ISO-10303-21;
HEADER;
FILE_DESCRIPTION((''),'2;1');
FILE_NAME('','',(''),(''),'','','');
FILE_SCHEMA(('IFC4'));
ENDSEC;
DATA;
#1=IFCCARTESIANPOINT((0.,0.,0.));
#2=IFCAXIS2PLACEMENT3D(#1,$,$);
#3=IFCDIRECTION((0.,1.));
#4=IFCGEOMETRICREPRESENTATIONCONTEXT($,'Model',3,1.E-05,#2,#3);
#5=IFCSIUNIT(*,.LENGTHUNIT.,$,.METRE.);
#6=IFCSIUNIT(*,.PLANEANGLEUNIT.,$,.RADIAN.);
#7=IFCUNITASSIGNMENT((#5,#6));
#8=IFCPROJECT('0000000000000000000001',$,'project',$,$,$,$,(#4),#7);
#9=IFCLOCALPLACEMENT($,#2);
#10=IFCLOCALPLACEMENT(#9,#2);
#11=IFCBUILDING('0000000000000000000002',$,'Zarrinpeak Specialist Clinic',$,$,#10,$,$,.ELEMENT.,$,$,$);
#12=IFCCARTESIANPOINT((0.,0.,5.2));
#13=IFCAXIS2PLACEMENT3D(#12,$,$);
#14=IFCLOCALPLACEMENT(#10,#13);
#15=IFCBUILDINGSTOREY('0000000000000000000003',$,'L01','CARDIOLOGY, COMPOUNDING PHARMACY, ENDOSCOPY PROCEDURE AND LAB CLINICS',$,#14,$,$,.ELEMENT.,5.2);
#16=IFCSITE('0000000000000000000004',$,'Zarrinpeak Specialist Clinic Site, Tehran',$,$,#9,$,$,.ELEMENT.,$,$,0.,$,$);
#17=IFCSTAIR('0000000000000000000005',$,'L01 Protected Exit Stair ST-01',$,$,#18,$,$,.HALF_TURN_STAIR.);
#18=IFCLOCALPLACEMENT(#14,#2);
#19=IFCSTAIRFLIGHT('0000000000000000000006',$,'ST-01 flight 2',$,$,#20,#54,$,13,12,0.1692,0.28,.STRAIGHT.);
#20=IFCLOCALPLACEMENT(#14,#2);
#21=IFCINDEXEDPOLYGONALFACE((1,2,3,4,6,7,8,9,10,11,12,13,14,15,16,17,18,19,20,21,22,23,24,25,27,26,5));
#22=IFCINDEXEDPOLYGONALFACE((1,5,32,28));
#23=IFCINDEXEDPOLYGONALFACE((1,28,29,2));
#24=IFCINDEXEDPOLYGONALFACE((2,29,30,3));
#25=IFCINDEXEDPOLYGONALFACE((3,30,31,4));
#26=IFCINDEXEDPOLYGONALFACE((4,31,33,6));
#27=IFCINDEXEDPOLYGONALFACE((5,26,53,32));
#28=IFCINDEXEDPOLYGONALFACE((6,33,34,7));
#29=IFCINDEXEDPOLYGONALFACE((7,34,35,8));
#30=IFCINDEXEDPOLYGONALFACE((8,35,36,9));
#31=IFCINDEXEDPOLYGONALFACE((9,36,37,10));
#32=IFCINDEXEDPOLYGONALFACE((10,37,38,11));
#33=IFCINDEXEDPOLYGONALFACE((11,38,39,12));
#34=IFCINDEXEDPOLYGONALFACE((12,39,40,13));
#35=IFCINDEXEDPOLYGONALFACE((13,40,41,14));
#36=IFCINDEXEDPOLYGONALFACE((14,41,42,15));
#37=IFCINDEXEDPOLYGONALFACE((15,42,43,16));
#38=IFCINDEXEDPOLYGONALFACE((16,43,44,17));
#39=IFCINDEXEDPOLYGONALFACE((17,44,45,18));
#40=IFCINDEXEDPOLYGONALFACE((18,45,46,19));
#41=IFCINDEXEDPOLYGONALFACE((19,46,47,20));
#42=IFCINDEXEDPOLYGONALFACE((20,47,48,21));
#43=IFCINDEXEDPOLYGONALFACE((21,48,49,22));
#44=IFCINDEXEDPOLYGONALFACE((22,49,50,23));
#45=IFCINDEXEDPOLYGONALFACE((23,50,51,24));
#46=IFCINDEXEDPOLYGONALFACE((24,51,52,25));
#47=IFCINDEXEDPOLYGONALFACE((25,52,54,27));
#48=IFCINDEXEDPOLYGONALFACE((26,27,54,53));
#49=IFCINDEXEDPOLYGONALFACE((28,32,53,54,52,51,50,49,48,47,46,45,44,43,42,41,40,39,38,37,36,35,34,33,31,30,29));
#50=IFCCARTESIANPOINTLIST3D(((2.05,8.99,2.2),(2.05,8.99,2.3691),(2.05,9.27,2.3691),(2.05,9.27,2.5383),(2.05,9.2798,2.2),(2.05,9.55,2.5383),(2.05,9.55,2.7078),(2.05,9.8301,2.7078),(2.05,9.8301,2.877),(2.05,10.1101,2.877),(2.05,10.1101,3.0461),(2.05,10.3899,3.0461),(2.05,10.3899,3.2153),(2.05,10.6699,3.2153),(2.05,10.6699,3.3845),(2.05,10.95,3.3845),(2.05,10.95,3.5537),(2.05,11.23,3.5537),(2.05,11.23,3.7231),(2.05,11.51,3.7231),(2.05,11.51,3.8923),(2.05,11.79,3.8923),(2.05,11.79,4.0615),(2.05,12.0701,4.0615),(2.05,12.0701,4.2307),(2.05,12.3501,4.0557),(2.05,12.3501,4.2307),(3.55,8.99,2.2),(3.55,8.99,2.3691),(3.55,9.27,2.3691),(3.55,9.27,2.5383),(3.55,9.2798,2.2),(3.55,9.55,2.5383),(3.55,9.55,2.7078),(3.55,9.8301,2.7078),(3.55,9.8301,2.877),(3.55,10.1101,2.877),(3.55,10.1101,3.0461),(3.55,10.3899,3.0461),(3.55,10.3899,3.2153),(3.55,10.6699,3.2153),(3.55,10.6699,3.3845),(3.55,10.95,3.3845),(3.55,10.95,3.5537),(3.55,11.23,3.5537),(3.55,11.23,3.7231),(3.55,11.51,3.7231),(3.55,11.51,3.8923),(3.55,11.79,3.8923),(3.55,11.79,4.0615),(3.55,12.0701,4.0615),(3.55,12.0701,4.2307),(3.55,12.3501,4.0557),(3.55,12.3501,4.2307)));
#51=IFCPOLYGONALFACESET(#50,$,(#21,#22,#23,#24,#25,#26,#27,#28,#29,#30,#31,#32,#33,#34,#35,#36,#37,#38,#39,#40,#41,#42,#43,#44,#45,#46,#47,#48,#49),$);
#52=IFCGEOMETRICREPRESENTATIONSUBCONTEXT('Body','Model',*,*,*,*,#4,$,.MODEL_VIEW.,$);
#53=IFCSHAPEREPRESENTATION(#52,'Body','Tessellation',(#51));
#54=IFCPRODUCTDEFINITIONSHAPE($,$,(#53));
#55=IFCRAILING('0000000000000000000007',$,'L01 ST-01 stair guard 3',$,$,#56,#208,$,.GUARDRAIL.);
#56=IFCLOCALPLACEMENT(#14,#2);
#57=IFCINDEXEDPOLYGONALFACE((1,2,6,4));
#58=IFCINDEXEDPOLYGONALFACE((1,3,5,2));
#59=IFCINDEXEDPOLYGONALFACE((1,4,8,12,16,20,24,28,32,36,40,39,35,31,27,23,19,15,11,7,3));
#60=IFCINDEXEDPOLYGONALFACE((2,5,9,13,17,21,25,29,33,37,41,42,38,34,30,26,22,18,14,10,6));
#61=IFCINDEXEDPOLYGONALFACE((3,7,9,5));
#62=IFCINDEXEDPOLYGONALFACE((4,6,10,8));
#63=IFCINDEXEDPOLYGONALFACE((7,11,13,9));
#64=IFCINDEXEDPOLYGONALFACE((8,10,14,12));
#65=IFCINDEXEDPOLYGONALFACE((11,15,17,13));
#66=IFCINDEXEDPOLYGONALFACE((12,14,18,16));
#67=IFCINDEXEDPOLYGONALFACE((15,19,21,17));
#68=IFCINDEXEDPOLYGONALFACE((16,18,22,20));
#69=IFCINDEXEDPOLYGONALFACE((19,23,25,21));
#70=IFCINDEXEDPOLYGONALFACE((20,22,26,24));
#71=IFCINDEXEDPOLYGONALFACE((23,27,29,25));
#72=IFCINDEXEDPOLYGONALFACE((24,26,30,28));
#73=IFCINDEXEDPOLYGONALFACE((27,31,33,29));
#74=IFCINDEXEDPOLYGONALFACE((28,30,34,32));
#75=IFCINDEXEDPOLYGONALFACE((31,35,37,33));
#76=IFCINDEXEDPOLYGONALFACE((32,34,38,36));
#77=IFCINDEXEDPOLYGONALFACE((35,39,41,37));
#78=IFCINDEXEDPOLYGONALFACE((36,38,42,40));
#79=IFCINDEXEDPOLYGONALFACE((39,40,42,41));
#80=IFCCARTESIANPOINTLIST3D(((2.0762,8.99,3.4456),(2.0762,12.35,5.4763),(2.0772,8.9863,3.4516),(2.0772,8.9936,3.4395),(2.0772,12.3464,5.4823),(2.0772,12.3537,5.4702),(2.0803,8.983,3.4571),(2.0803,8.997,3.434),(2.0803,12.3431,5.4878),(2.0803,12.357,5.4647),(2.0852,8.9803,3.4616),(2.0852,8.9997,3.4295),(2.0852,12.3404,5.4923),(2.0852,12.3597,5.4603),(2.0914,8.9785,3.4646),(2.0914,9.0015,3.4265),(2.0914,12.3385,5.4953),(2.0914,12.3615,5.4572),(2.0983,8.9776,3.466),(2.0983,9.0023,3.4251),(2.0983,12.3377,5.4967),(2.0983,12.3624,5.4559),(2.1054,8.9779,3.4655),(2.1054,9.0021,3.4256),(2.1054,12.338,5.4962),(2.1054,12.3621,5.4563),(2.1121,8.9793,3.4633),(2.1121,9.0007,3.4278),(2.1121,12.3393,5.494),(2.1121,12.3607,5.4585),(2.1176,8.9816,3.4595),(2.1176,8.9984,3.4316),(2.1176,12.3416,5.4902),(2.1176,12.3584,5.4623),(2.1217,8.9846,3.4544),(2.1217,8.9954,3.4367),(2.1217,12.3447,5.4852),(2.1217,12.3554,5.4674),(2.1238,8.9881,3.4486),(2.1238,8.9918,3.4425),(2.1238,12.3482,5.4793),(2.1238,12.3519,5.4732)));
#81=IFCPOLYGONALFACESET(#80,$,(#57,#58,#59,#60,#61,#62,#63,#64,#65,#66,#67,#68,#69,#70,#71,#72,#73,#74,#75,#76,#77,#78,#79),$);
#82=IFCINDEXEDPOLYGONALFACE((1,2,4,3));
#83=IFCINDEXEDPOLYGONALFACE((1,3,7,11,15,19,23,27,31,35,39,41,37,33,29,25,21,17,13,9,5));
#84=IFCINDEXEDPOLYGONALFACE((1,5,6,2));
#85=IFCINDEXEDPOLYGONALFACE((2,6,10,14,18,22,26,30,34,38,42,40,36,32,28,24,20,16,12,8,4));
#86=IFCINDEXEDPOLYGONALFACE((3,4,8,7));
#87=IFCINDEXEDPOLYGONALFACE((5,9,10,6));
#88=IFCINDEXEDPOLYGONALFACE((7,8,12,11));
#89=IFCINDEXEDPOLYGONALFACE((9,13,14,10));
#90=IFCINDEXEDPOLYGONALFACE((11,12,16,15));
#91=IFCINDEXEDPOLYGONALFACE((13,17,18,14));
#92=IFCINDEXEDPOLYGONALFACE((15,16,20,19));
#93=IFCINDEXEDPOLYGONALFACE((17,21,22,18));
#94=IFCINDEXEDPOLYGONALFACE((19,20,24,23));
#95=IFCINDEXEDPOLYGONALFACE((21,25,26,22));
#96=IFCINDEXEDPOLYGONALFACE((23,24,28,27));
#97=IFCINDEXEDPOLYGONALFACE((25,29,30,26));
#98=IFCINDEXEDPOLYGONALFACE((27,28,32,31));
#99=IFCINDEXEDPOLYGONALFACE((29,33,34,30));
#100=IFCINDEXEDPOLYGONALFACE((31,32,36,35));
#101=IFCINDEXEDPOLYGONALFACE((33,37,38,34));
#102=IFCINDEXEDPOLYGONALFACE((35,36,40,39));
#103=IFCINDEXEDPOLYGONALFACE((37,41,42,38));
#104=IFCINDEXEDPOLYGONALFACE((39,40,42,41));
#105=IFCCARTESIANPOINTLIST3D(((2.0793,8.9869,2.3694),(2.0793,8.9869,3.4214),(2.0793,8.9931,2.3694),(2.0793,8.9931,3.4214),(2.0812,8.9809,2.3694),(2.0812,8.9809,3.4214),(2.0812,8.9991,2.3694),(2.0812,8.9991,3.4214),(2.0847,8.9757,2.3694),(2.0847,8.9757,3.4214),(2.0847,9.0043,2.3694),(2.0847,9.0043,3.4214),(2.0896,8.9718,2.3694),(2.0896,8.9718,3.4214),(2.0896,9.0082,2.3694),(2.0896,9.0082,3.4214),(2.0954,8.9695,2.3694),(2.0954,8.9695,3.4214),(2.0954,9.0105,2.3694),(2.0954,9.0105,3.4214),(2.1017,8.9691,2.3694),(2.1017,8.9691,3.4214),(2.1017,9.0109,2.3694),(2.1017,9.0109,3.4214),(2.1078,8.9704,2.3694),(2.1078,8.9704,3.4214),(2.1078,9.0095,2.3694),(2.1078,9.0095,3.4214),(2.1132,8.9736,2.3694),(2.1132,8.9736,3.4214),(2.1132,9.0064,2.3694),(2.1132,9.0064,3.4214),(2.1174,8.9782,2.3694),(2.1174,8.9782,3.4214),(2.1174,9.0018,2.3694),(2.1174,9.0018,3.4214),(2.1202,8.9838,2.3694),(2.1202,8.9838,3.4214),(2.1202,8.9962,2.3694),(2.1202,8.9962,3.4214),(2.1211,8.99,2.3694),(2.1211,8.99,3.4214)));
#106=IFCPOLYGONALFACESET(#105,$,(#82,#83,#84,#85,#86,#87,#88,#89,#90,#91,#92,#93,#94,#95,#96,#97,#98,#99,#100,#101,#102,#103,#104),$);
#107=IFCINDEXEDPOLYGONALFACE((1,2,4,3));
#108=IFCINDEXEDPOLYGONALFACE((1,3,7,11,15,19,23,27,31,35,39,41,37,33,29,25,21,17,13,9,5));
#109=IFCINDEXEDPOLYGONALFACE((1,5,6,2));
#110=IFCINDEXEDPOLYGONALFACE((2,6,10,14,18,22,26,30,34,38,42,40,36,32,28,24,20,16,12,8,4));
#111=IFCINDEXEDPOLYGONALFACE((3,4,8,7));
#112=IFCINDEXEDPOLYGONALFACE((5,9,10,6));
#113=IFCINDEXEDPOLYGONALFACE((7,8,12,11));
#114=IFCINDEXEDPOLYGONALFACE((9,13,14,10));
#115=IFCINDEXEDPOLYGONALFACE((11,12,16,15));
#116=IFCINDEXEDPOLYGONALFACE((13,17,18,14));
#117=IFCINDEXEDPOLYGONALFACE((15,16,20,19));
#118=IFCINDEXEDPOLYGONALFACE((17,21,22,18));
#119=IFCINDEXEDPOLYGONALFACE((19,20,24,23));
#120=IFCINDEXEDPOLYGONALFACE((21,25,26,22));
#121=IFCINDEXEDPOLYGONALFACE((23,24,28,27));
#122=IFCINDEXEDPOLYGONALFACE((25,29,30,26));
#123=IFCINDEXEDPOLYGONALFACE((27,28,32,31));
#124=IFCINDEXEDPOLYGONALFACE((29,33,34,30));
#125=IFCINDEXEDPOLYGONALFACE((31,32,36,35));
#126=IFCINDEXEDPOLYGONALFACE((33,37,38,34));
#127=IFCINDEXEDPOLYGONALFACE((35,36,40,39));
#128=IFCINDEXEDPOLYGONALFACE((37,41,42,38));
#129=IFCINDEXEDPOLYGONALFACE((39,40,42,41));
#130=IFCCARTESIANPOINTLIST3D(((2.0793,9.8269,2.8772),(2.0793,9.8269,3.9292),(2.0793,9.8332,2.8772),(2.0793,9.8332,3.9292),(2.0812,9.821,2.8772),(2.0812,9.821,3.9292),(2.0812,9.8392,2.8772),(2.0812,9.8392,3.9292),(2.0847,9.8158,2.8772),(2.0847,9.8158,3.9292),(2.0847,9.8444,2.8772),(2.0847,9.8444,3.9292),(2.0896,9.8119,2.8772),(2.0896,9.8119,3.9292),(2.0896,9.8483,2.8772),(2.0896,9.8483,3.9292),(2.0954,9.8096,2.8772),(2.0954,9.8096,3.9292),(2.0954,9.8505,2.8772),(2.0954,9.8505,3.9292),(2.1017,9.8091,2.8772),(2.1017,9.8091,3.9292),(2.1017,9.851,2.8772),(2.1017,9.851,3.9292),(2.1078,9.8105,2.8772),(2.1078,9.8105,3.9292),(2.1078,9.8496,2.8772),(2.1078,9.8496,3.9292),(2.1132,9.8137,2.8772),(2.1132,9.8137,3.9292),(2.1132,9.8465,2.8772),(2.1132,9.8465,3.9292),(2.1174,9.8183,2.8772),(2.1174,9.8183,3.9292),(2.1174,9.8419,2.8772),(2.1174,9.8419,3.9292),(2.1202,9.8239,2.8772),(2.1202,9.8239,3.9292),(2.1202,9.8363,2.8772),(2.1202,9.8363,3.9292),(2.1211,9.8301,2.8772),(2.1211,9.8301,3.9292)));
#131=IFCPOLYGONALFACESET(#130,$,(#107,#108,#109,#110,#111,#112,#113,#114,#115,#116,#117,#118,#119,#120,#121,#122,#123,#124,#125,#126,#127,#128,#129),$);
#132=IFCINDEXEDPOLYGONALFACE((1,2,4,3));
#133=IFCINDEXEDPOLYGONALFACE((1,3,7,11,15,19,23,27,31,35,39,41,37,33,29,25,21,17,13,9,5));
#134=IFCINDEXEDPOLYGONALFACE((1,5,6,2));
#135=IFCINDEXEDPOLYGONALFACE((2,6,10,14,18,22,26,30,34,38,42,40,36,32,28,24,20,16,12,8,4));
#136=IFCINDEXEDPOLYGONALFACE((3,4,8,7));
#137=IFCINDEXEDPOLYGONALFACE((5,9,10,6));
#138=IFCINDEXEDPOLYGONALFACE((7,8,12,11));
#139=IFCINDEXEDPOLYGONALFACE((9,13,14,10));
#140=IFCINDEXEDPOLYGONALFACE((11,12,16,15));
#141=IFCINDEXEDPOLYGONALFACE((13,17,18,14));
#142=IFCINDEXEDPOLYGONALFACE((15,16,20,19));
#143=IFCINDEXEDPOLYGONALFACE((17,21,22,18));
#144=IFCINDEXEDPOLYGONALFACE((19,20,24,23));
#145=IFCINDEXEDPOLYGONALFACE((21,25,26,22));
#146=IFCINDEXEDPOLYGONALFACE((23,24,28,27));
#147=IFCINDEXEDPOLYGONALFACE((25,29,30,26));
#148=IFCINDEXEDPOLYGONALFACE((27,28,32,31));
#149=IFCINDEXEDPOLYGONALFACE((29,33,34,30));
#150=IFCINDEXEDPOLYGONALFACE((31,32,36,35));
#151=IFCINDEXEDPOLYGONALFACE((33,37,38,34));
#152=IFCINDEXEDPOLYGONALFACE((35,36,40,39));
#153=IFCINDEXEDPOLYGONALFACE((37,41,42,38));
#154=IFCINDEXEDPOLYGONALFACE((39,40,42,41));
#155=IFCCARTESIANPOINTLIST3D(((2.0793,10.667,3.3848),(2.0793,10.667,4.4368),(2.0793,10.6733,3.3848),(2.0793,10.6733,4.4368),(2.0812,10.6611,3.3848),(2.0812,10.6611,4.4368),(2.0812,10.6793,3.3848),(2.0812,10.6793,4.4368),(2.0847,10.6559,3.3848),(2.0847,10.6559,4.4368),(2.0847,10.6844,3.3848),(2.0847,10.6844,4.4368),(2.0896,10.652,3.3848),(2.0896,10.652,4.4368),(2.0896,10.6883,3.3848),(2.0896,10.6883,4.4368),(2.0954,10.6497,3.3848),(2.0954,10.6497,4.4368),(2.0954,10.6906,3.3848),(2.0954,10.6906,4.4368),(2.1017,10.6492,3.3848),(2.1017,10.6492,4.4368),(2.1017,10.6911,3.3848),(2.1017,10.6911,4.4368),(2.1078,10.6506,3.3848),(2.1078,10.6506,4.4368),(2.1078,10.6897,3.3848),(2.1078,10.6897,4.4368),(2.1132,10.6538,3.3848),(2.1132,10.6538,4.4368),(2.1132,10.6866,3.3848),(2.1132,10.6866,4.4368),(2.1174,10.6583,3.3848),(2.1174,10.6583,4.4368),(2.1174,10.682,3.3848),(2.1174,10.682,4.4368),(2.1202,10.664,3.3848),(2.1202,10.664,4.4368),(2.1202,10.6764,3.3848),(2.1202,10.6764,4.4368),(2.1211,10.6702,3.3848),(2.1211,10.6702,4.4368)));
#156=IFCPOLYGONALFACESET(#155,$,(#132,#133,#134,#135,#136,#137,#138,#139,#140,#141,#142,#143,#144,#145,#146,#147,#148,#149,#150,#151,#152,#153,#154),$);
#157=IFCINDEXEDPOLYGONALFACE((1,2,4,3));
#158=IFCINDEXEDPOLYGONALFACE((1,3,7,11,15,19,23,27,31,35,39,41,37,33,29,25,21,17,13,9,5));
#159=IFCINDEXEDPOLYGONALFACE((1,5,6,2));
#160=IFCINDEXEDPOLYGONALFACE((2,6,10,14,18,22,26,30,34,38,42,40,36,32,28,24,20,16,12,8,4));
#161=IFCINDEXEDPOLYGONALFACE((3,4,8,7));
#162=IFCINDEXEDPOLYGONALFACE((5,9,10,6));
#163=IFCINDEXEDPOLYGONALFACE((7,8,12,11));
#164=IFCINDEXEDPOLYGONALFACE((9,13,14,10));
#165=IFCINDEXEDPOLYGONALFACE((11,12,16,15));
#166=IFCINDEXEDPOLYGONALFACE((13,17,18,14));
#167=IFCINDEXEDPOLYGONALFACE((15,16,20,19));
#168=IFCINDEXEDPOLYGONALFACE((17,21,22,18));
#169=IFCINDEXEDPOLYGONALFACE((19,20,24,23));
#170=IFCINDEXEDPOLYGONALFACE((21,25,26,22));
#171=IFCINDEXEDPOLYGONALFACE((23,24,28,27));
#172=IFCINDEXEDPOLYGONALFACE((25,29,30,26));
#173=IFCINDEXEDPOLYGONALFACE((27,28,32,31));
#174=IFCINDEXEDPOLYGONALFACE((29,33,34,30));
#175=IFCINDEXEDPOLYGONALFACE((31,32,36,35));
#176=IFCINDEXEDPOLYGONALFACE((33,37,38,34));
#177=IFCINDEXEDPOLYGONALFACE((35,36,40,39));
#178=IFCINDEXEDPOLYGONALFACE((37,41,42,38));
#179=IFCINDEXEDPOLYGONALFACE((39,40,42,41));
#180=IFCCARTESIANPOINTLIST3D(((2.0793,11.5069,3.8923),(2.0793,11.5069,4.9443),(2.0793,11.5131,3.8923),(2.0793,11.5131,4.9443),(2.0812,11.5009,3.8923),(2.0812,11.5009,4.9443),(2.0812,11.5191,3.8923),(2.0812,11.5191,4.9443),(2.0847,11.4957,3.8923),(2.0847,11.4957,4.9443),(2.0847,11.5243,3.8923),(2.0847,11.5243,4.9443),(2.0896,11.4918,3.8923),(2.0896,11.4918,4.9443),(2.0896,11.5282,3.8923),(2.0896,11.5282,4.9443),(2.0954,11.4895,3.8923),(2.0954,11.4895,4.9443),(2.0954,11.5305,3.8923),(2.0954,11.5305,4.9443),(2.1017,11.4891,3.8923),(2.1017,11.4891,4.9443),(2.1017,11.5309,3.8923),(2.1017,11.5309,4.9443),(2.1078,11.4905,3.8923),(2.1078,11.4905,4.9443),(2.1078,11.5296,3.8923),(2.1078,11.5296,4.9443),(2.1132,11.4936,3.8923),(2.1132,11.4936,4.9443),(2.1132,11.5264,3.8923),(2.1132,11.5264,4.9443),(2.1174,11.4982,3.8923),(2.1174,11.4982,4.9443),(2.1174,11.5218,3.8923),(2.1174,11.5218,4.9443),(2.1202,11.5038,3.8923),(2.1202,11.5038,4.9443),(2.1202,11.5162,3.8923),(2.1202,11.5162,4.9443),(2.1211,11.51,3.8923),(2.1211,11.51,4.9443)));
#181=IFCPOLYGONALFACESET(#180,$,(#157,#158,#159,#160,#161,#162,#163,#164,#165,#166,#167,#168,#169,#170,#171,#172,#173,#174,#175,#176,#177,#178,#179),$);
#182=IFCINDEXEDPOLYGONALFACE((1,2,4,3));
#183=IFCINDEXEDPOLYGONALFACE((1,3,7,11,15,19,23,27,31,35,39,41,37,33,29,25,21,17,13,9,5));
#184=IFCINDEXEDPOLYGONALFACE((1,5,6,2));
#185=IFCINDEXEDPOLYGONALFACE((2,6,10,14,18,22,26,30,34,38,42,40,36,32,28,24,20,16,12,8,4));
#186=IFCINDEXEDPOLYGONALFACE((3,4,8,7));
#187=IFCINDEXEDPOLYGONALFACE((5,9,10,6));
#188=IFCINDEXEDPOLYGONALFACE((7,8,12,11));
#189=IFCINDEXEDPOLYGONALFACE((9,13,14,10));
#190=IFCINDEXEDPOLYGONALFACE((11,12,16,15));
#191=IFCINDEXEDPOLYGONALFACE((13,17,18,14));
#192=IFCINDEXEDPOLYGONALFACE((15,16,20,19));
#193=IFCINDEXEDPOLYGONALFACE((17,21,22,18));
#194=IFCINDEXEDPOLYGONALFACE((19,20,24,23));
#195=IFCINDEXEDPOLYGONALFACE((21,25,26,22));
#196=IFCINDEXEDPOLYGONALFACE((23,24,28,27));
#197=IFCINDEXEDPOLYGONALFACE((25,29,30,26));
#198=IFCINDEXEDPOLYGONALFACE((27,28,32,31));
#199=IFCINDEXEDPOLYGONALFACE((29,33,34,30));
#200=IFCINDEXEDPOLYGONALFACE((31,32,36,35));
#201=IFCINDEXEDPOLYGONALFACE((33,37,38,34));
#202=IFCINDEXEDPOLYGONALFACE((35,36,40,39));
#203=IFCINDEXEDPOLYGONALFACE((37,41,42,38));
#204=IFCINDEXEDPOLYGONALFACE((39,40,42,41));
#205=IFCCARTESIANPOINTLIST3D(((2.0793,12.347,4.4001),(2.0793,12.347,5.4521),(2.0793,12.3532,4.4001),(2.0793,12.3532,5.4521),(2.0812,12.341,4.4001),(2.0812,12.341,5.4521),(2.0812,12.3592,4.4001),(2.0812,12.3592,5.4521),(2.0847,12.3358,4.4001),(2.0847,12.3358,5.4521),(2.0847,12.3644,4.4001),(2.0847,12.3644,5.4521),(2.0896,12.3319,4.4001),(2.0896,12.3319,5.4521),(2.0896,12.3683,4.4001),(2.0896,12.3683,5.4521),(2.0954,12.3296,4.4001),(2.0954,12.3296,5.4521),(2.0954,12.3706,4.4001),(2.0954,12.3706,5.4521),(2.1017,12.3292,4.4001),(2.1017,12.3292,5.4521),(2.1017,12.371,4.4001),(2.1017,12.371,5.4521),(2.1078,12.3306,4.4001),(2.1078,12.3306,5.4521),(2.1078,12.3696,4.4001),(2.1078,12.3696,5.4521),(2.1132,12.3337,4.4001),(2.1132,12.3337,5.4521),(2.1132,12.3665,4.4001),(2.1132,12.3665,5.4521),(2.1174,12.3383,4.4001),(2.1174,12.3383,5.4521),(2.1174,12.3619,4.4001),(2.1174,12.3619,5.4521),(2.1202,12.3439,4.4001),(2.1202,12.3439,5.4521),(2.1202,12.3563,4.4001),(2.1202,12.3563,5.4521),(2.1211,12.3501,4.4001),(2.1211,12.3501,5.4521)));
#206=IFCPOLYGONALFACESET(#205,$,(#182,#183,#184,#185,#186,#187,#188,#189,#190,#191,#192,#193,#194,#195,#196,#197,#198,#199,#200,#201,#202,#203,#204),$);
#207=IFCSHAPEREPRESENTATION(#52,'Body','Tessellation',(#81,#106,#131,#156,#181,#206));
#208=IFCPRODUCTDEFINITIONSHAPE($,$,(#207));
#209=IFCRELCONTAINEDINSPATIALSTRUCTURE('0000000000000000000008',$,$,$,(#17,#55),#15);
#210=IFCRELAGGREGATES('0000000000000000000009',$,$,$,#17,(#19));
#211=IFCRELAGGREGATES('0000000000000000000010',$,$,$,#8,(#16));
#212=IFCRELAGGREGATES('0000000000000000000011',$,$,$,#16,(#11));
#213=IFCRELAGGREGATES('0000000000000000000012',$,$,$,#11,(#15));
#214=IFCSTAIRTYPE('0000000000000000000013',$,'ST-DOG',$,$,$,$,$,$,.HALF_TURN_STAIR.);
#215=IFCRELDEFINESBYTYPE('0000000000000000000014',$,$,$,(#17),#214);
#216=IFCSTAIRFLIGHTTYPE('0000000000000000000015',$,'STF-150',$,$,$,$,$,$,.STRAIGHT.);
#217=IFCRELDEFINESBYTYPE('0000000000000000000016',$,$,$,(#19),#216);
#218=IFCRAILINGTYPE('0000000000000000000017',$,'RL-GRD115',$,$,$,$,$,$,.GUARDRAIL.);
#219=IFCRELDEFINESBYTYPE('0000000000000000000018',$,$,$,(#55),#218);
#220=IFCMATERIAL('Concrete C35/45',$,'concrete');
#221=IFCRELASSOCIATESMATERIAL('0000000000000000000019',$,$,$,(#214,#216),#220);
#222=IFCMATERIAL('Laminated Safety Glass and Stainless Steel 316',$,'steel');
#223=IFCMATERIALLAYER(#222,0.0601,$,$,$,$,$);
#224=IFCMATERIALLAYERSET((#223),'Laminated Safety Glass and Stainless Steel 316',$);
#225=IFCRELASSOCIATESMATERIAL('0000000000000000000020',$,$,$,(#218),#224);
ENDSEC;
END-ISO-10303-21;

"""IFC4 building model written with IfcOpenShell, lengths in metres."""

from ifc_helpers import new_model, si_unit, direction, frame, origin, origin_2d, place, context, subcontext, project, spatial, polyline, circle, outline, extrude, material, layer, layer_set, type_object, element, aggregate, save


model = new_model("IFC4")

# Units and contexts
model_context = context("Model", 3, precision=1e-05, world=origin(), true_north=direction((0.0, 1.0)))
body_context = subcontext(model_context, "Body", "Model", "MODEL_VIEW")
ifc_project = project(units=[si_unit("LENGTHUNIT", "METRE"), si_unit("PLANEANGLEUNIT", "RADIAN")], contexts=[model_context])

# Site, building, storey
site_placement = place(None, origin())
site = spatial("IfcSite", under=ifc_project, at=site_placement, Name="Zarrinpeak Specialist Clinic Site, Tehran", CompositionType="ELEMENT", RefElevation=0.0)
building_placement = place(site_placement, origin())
building = spatial("IfcBuilding", under=site, at=building_placement, Name="Zarrinpeak Specialist Clinic", CompositionType="ELEMENT")
storey_placement = place(building_placement, frame((0.0, 0.0, 5.2)))
storey = spatial("IfcBuildingStorey", under=building, at=storey_placement, Name="L01", Description="CARDIOLOGY, COMPOUNDING PHARMACY, ENDOSCOPY PROCEDURE AND LAB CLINICS", CompositionType="ELEMENT", Elevation=5.2)

# Stair, stair flight
ifc_material_1 = material(Name="Concrete C35/45", Category="concrete")
stair_type = type_object("IfcStairType", Name="ST-DOG", PredefinedType="HALF_TURN_STAIR", material=ifc_material_1)
stair_placement = place(storey_placement, origin())
stair = element("IfcStair", 1, at=stair_placement, inside=storey, type_object=stair_type, Name="L01 Protected Exit Stair ST-01", PredefinedType="HALF_TURN_STAIR")
stair_flight_type = type_object("IfcStairFlightType", Name="STF-150", PredefinedType="STRAIGHT", material=ifc_material_1)
stair_flight_placement = place(storey_placement, frame((2.8, 8.99, 2.2), z_axis=(0.0, 0.0, 1.0), x_axis=(0.0, 1.0, 0.0)))
stair_flight = element("IfcStairFlight", 2, at=stair_flight_placement, type_object=stair_flight_type, Name="ST-01 flight 2", NumberOfRisers=13, NumberOfTreads=12, PredefinedType="STRAIGHT", RiserHeight=0.1692, TreadLength=0.28, context=body_context, shape_type="SweptSolid", body=[
    extrude(outline(polyline([(0.0, 0.0), (0.0, 0.1692), (0.28, 0.1692), (0.28, 0.3384), (0.5601, 0.3384), (0.5601, 0.5078), (0.8401, 0.5078), (0.8401, 0.677), (1.1201, 0.677), (1.1201, 0.8462), (1.3999, 0.8462), (1.3999, 1.0154), (1.6799, 1.0154), (1.6799, 1.1846), (1.96, 1.1846), (1.96, 1.3538), (2.24, 1.3538), (2.24, 1.5232), (2.52, 1.5232), (2.52, 1.6924), (2.8, 1.6924), (2.8, 1.8616), (3.0801, 1.8616), (3.0801, 2.0308), (3.3601, 2.0308), (3.3601, 2.2), (3.3601, 1.8557), (0.2898, 0.0), (0.0, 0.0)])), frame((0.0, 0.75, 0.0), z_axis=(0.0, -1.0, 0.0), x_axis=(1.0, 0.0, 0.0)), (0.0, 0.0, 1.0), 1.5),
])
aggregate(stair, [stair_flight])

# Railing
ifc_material_2 = material(Name="Laminated Safety Glass and Stainless Steel 316", Category="steel")
ifc_layer_1 = layer(ifc_material_2, 0.0601)
ifc_layer_set_1 = layer_set([ifc_layer_1], Name="Laminated Safety Glass and Stainless Steel 316")
railing_type_1 = type_object("IfcRailingType", Name="RL-GRD115", PredefinedType="GUARDRAIL", material=ifc_layer_set_1)
railing_1_placement = place(storey_placement, frame((2.1001, 8.99, 2.3694)))
element("IfcRailing", 3, at=railing_1_placement, inside=storey, type_object=railing_type_1, Name="L01 ST-01 stair guard 3", PredefinedType="GUARDRAIL", context=body_context, shape_type="SweptSolid", body=[
    extrude(circle(Radius=0.0239, at=origin_2d()), frame((0.0, 0.0, 1.0762), z_axis=(0.0, 0.855837, 0.517246), x_axis=(-1.0, 0.0, 0.0)), (0.0, 0.0, 1.0), 3.926),
    extrude(circle(Radius=0.021, at=origin_2d()), origin(), (0.0, 0.0, 1.0), 1.052),
    extrude(circle(Radius=0.021, at=origin_2d()), frame((0.0, 0.8401, 0.5078)), (0.0, 0.0, 1.0), 1.052),
    extrude(circle(Radius=0.021, at=origin_2d()), frame((0.0, 1.6802, 1.0154)), (0.0, 0.0, 1.0), 1.052),
    extrude(circle(Radius=0.021, at=origin_2d()), frame((0.0, 2.52, 1.5229)), (0.0, 0.0, 1.0), 1.052),
    extrude(circle(Radius=0.021, at=origin_2d()), frame((0.0, 3.3601, 2.0308)), (0.0, 0.0, 1.0), 1.052),
])

save(model, "model.ifc")
